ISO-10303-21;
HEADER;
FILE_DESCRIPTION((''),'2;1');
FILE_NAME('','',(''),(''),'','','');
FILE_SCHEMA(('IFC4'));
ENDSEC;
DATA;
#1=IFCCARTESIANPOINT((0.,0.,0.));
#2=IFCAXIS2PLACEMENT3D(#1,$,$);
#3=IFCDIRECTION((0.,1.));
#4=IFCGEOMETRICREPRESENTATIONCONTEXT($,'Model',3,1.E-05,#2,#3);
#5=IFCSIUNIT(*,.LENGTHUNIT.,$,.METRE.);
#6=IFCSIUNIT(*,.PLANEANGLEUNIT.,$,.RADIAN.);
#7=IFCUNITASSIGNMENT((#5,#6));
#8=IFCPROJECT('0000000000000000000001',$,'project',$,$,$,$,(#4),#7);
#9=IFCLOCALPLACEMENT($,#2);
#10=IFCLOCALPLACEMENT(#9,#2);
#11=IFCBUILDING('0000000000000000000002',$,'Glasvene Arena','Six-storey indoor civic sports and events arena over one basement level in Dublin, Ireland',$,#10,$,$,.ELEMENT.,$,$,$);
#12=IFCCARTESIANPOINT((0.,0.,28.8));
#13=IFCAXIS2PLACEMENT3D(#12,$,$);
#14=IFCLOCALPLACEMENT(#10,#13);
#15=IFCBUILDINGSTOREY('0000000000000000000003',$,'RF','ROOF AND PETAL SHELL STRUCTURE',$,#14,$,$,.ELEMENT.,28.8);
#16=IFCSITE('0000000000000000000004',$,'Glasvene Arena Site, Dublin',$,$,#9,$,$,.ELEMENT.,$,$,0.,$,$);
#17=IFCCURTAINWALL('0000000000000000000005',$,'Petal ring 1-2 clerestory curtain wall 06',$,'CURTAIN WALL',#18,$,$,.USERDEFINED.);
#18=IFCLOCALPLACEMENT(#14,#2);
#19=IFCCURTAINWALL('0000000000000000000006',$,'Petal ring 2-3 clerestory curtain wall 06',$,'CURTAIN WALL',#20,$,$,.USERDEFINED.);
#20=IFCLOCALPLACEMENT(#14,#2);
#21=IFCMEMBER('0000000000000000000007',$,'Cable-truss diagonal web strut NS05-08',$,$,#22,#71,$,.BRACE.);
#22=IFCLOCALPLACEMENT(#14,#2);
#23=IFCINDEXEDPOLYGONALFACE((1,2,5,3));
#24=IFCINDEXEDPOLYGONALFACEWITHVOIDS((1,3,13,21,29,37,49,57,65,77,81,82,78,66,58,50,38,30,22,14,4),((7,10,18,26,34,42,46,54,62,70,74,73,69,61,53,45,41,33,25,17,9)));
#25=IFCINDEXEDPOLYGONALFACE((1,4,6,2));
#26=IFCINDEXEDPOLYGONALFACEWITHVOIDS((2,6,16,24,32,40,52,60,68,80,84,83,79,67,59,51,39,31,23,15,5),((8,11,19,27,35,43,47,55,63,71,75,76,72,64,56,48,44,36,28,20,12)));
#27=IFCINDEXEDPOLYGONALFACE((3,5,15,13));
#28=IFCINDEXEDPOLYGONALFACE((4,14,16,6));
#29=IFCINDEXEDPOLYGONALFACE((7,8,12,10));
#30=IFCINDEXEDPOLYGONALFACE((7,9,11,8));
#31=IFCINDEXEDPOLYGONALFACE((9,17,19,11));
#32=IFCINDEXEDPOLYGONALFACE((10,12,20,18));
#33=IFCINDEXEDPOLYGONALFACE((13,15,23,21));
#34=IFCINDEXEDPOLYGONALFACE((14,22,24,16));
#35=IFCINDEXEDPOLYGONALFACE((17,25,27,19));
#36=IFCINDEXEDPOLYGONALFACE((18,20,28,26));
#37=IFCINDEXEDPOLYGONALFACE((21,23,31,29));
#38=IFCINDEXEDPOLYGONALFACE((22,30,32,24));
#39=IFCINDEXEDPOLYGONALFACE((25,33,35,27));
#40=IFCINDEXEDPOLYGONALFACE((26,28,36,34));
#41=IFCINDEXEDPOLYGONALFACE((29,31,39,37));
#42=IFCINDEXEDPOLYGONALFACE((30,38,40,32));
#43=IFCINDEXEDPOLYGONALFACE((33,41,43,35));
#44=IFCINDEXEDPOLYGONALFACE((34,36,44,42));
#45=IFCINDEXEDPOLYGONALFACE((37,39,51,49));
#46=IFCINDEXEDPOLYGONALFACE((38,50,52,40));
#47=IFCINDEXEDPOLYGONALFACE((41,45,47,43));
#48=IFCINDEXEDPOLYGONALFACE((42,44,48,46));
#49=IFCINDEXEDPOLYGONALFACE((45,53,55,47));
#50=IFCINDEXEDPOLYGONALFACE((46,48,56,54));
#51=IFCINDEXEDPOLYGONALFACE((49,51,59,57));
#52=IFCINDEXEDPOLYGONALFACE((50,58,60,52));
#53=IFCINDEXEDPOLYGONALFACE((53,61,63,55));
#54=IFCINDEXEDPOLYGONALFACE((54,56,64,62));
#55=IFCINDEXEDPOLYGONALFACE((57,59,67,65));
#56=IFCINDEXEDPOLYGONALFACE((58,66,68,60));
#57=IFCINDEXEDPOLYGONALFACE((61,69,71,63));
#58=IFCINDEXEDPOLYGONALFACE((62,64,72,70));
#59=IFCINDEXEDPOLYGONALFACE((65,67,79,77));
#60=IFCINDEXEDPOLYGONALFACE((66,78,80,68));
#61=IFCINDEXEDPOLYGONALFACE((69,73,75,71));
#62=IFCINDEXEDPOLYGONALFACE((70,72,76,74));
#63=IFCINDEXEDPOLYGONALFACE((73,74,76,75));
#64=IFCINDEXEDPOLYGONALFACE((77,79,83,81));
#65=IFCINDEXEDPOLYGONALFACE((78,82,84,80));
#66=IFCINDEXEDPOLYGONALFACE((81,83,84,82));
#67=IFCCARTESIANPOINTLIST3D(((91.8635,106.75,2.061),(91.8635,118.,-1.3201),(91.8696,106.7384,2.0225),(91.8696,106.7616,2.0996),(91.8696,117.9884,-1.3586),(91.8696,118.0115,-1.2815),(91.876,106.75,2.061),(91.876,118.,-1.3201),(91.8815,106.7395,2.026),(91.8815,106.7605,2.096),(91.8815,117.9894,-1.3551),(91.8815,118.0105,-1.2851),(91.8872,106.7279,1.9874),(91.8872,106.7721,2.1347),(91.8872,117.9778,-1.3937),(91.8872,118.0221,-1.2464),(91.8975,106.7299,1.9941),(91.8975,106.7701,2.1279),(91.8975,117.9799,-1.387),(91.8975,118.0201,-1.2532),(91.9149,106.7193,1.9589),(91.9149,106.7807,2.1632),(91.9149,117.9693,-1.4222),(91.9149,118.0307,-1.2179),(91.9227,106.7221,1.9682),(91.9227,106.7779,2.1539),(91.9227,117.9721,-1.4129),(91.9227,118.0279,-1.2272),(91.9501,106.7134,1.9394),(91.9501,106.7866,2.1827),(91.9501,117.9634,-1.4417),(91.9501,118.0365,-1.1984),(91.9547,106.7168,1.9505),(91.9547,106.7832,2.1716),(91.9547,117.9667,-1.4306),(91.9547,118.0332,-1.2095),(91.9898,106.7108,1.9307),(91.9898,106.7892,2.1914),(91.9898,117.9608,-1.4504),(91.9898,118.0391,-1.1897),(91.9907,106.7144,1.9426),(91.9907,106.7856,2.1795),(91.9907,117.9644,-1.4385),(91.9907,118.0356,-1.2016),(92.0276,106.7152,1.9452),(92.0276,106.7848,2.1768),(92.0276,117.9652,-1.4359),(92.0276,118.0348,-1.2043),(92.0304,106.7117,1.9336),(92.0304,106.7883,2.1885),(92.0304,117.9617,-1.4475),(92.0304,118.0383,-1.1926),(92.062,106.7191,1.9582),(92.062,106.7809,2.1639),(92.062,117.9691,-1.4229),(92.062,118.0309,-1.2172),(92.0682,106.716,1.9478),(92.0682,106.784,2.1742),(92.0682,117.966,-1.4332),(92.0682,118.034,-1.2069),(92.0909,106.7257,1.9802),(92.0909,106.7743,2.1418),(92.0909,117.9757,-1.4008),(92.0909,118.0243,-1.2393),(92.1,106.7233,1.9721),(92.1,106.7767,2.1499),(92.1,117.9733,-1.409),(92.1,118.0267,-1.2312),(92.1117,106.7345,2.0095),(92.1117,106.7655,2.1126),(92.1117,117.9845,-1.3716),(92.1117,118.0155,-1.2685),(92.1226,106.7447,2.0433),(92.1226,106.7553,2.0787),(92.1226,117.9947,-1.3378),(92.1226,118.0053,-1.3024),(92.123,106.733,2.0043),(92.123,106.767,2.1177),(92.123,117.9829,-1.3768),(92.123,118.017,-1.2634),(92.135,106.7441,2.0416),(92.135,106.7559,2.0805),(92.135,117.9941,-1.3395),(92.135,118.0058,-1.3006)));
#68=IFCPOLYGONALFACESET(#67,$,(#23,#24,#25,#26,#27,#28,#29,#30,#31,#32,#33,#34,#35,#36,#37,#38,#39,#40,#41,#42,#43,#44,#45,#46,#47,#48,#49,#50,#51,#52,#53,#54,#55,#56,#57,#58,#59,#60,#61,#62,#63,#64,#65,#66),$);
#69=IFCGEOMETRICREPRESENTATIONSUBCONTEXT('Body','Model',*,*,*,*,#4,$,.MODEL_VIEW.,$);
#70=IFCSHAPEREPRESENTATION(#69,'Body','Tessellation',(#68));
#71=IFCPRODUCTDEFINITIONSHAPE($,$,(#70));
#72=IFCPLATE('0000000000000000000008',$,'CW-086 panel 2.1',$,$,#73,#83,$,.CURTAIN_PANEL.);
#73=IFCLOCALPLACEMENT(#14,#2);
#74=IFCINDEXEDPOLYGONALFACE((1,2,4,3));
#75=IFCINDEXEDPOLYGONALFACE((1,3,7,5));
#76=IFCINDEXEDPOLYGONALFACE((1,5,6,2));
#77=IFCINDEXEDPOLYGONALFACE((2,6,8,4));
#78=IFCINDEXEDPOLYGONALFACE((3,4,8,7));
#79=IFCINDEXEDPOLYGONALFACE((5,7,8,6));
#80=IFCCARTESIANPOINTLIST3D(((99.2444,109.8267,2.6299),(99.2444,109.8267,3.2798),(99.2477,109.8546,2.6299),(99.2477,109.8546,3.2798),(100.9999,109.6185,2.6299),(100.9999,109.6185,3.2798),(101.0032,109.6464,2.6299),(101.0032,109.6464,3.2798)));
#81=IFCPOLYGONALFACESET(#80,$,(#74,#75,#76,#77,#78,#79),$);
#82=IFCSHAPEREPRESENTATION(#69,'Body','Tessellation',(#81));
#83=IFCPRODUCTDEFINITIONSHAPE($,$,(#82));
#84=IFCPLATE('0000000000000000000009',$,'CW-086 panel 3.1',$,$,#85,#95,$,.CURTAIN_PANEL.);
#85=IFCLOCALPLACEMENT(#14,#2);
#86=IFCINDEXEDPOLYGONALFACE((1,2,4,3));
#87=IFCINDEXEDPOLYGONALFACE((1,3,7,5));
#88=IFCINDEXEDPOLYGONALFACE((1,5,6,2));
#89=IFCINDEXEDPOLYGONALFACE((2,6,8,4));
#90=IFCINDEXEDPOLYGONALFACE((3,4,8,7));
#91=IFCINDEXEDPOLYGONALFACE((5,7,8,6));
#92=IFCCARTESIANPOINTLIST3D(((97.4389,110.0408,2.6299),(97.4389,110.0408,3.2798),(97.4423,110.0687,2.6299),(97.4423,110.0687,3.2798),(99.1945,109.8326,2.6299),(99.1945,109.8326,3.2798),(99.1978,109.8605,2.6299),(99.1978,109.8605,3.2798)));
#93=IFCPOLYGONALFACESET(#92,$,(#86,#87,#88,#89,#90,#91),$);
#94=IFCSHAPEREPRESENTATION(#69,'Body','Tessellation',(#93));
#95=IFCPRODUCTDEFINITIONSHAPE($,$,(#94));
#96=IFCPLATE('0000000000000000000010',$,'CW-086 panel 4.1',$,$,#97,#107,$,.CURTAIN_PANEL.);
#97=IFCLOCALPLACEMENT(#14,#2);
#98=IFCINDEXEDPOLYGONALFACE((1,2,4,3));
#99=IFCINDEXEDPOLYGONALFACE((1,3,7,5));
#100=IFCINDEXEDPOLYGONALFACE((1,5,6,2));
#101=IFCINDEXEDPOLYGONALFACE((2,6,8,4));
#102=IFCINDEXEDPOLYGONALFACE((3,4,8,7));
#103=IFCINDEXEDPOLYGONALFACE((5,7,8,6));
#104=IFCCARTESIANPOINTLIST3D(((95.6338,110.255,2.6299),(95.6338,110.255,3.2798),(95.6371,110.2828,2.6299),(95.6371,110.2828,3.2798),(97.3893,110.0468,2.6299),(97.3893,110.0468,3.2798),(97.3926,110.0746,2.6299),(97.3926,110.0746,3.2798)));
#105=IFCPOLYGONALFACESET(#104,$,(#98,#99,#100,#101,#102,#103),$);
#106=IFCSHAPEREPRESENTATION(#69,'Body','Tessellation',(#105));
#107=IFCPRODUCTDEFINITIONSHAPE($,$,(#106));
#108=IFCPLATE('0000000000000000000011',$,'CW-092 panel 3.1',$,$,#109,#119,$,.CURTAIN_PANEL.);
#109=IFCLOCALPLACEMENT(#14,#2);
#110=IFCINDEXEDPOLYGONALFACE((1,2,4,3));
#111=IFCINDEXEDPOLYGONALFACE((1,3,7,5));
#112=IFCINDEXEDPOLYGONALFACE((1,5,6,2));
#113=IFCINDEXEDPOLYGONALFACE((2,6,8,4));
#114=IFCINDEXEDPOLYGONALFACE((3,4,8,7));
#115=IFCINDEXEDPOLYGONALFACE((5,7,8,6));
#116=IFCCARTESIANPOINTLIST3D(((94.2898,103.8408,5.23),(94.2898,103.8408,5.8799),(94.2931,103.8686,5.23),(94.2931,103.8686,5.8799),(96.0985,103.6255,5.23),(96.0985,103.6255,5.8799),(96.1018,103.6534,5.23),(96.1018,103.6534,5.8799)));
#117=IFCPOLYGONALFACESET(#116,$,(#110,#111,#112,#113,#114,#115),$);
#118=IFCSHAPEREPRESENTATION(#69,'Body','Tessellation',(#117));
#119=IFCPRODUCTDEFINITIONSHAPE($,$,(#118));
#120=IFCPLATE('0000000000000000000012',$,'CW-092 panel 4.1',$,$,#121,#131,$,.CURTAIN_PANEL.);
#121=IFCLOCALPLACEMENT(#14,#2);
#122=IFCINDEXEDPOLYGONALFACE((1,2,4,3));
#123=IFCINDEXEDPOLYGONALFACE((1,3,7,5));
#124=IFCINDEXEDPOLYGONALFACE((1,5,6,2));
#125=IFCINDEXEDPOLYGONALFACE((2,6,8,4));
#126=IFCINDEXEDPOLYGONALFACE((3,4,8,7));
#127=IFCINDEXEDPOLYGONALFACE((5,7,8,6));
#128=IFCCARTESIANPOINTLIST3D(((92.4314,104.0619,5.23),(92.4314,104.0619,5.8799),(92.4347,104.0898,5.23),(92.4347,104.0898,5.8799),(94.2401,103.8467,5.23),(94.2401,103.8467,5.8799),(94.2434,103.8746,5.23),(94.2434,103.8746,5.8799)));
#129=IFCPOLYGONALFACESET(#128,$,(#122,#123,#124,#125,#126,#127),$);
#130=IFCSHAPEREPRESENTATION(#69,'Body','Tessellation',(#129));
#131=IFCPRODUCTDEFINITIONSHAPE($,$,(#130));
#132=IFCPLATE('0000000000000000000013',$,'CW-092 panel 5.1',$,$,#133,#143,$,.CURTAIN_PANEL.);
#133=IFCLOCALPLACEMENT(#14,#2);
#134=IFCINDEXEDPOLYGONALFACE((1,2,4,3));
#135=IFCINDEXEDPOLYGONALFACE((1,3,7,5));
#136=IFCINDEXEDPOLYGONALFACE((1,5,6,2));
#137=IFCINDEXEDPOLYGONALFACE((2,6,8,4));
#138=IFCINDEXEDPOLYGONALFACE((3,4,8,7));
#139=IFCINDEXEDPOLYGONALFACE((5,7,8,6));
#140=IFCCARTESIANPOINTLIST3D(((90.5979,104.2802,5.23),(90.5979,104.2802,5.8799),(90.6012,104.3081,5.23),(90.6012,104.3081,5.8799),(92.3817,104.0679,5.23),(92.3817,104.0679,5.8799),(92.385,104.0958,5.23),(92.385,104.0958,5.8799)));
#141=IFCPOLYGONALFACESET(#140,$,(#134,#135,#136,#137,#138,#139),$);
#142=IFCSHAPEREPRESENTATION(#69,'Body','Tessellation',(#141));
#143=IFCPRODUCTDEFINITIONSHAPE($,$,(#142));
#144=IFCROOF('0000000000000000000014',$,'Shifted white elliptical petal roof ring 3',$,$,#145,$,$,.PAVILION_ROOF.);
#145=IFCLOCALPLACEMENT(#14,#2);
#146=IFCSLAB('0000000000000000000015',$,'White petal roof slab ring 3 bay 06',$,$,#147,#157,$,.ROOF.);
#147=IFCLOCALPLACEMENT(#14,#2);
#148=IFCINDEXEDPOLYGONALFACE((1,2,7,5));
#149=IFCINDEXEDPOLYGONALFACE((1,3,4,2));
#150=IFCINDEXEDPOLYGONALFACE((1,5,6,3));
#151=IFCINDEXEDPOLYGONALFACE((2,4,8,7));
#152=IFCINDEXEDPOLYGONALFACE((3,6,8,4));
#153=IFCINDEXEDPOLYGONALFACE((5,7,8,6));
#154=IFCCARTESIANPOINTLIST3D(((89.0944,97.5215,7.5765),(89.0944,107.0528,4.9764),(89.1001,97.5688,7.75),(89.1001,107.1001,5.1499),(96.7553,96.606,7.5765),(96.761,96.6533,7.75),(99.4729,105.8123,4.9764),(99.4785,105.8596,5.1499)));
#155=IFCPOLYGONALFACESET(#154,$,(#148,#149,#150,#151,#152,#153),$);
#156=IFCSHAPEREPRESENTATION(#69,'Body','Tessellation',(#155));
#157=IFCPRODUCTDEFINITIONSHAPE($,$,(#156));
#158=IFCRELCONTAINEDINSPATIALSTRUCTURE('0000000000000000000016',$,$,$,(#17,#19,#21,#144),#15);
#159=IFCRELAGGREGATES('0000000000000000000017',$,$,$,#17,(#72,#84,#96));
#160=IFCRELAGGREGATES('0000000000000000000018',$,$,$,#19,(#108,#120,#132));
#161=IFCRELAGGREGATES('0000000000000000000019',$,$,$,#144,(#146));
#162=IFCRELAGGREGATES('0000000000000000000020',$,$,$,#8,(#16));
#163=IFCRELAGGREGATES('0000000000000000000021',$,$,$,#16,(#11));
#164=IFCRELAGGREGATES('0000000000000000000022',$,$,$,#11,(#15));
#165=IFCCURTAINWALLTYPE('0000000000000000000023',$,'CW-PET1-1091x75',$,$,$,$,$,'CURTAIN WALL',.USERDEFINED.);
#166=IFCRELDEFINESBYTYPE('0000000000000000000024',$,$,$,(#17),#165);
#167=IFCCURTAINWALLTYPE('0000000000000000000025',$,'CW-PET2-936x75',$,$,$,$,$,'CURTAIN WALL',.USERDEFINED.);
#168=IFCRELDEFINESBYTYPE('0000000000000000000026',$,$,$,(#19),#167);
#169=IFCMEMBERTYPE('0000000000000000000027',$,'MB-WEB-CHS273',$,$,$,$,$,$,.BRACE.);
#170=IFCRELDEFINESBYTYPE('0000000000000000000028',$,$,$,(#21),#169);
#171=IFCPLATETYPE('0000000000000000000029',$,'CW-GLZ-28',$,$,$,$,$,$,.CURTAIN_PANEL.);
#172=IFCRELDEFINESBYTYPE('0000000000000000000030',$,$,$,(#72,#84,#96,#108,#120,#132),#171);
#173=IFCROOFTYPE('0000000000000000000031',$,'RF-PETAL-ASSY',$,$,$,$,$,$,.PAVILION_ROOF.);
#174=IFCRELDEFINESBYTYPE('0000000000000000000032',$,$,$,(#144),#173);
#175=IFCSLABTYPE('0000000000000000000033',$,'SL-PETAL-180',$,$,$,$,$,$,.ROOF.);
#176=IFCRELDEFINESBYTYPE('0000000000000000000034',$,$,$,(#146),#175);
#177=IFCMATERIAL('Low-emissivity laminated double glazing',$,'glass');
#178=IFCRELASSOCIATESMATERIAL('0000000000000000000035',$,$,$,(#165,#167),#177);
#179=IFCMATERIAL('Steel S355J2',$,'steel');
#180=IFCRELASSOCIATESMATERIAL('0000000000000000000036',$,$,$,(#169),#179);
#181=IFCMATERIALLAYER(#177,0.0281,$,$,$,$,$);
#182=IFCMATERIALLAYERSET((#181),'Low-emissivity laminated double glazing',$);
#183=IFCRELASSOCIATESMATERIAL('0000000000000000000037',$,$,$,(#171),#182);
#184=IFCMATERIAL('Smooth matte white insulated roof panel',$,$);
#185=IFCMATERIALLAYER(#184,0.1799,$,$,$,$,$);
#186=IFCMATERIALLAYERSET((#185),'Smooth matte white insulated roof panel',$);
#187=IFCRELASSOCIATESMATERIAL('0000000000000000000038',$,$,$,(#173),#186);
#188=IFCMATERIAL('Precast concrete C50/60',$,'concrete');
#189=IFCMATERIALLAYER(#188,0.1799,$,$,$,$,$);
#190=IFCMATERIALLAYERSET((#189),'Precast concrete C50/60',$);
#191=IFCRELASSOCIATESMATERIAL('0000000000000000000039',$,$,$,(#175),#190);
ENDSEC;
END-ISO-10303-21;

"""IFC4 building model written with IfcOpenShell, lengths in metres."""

from ifc_helpers import new_model, si_unit, direction, frame, origin, origin_2d, place, context, subcontext, project, spatial, polyline, rectangle, hollow_circle, outline, extrude, material, layer, layer_set, material_profile, profile_set, type_object, element, aggregate, save


model = new_model("IFC4")

# Units and contexts
model_context = context("Model", 3, precision=1e-05, world=origin(), true_north=direction((0.0, 1.0)))
body_context = subcontext(model_context, "Body", "Model", "MODEL_VIEW")
ifc_project = project(units=[si_unit("LENGTHUNIT", "METRE"), si_unit("PLANEANGLEUNIT", "RADIAN")], contexts=[model_context])

# Site, building, storey
site_placement = place(None, origin())
site = spatial("IfcSite", under=ifc_project, at=site_placement, Name="Glasvene Arena Site, Dublin", CompositionType="ELEMENT", RefElevation=0.0)
building_placement = place(site_placement, origin())
building = spatial("IfcBuilding", under=site, at=building_placement, Name="Glasvene Arena", Description="Six-storey indoor civic sports and events arena over one basement level in Dublin, Ireland", CompositionType="ELEMENT")
storey_placement = place(building_placement, frame((0.0, 0.0, 28.8)))
storey = spatial("IfcBuildingStorey", under=building, at=storey_placement, Name="RF", Description="ROOF AND PETAL SHELL STRUCTURE", CompositionType="ELEMENT", Elevation=28.8)

# Curtain walls
ifc_material_1 = material(Name="Low-emissivity laminated double glazing", Category="glass")
curtain_wall_type_1 = type_object("IfcCurtainWallType", Name="CW-PET1-1091x75", ElementType="CURTAIN WALL", PredefinedType="USERDEFINED", material=ifc_material_1)
curtain_wall_1_placement = place(storey_placement, frame((102.8315, 109.4153, 0.0)))
curtain_wall_1 = element("IfcCurtainWall", 1, at=curtain_wall_1_placement, inside=storey, type_object=curtain_wall_type_1, Name="Petal ring 1-2 clerestory curtain wall 06", ObjectType="CURTAIN WALL", PredefinedType="USERDEFINED")
curtain_wall_type_2 = type_object("IfcCurtainWallType", Name="CW-PET2-936x75", ElementType="CURTAIN WALL", PredefinedType="USERDEFINED", material=ifc_material_1)
curtain_wall_2_placement = place(storey_placement, frame((99.8416, 103.1943, 0.0)))
curtain_wall_2 = element("IfcCurtainWall", 2, at=curtain_wall_2_placement, inside=storey, type_object=curtain_wall_type_2, Name="Petal ring 2-3 clerestory curtain wall 06", ObjectType="CURTAIN WALL", PredefinedType="USERDEFINED")

# Member
ifc_material_2 = material(Name="Steel S355J2", Category="steel")
ifc_material_profile_1 = material_profile(ifc_material_2, hollow_circle(Radius=0.1365, WallThickness=0.0125, at=origin_2d()), Name="CHS 273.0x12.5")
ifc_profile_set_1 = profile_set([ifc_material_profile_1], Name="Steel S355J2")
member_type_1 = type_object("IfcMemberType", Name="MB-WEB-CHS273", PredefinedType="BRACE", material=ifc_profile_set_1)
member_1_placement = place(storey_placement, frame((92.0, 106.75, 2.061), z_axis=(0.0, 0.957683, -0.287825), x_axis=(-1.0, 0.0, 0.0)))
element("IfcMember", 3, at=member_1_placement, inside=storey, type_object=member_type_1, Name="Cable-truss diagonal web strut NS05-08", PredefinedType="BRACE", context=body_context, shape_type="SweptSolid", body=[
    extrude(hollow_circle(Radius=0.1365, WallThickness=0.0125, at=origin_2d()), origin(), (0.0, 0.0, 1.0), 11.7471),
])

# Plates
ifc_layer_1 = layer(ifc_material_1, 0.0281)
ifc_layer_set_1 = layer_set([ifc_layer_1], Name="Low-emissivity laminated double glazing")
plate_type = type_object("IfcPlateType", Name="CW-GLZ-28", PredefinedType="CURTAIN_PANEL", material=ifc_layer_set_1)
plate_1_placement = place(storey_placement, frame((100.1238, 109.7366, 2.6299), z_axis=(0.0, 0.0, 1.0), x_axis=(-0.993041, 0.117772, 0.0)))
plate_1 = element("IfcPlate", 4, at=plate_1_placement, type_object=plate_type, Name="CW-086 panel 2.1", PredefinedType="CURTAIN_PANEL", context=body_context, shape_type="SweptSolid", body=[
    extrude(rectangle(XDim=1.7678, YDim=0.0281, at=origin_2d()), origin(), (0.0, 0.0, 1.0), 0.6499),
])
plate_2_placement = place(storey_placement, frame((98.3184, 109.9507, 2.6299), z_axis=(0.0, 0.0, 1.0), x_axis=(-0.993041, 0.117772, 0.0)))
plate_2 = element("IfcPlate", 5, at=plate_2_placement, type_object=plate_type, Name="CW-086 panel 3.1", PredefinedType="CURTAIN_PANEL", context=body_context, shape_type="SweptSolid", body=[
    extrude(rectangle(XDim=1.7678, YDim=0.0281, at=origin_2d()), origin(), (0.0, 0.0, 1.0), 0.6499),
])
plate_3_placement = place(storey_placement, frame((96.5132, 110.1648, 2.6299), z_axis=(0.0, 0.0, 1.0), x_axis=(-0.993041, 0.117772, 0.0)))
plate_3 = element("IfcPlate", 6, at=plate_3_placement, type_object=plate_type, Name="CW-086 panel 4.1", PredefinedType="CURTAIN_PANEL", context=body_context, shape_type="SweptSolid", body=[
    extrude(rectangle(XDim=1.7678, YDim=0.0281, at=origin_2d()), origin(), (0.0, 0.0, 1.0), 0.6499),
])
aggregate(curtain_wall_1, [plate_1, plate_2, plate_3])
plate_4_placement = place(storey_placement, frame((95.1958, 103.7471, 5.23), z_axis=(0.0, 0.0, 1.0), x_axis=(-0.992994, 0.118166, 0.0)))
plate_4 = element("IfcPlate", 7, at=plate_4_placement, type_object=plate_type, Name="CW-092 panel 3.1", PredefinedType="CURTAIN_PANEL", context=body_context, shape_type="SweptSolid", body=[
    extrude(rectangle(XDim=1.8215, YDim=0.0281, at=origin_2d()), origin(), (0.0, 0.0, 1.0), 0.6499),
])
plate_5_placement = place(storey_placement, frame((93.3374, 103.9683, 5.23), z_axis=(0.0, 0.0, 1.0), x_axis=(-0.992994, 0.118166, 0.0)))
plate_5 = element("IfcPlate", 8, at=plate_5_placement, type_object=plate_type, Name="CW-092 panel 4.1", PredefinedType="CURTAIN_PANEL", context=body_context, shape_type="SweptSolid", body=[
    extrude(rectangle(XDim=1.8215, YDim=0.0281, at=origin_2d()), origin(), (0.0, 0.0, 1.0), 0.6499),
])
plate_6_placement = place(storey_placement, frame((91.4915, 104.188, 5.23), z_axis=(0.0, 0.0, 1.0), x_axis=(-0.992994, 0.118166, 0.0)))
plate_6 = element("IfcPlate", 9, at=plate_6_placement, type_object=plate_type, Name="CW-092 panel 5.1", PredefinedType="CURTAIN_PANEL", context=body_context, shape_type="SweptSolid", body=[
    extrude(rectangle(XDim=1.7964, YDim=0.0281, at=origin_2d()), origin(), (0.0, 0.0, 1.0), 0.6499),
])
aggregate(curtain_wall_2, [plate_4, plate_5, plate_6])

# Roof, slab
ifc_material_3 = material(Name="Smooth matte white insulated roof panel")
ifc_layer_2 = layer(ifc_material_3, 0.1799)
ifc_layer_set_2 = layer_set([ifc_layer_2], Name="Smooth matte white insulated roof panel")
roof_type = type_object("IfcRoofType", Name="RF-PETAL-ASSY", PredefinedType="PAVILION_ROOF", material=ifc_layer_set_2)
roof_placement = place(storey_placement, frame((89.1001, 70.7, 5.1499)))
roof = element("IfcRoof", 10, at=roof_placement, inside=storey, type_object=roof_type, Name="Shifted white elliptical petal roof ring 3", PredefinedType="PAVILION_ROOF")
ifc_material_4 = material(Name="Precast concrete C50/60", Category="concrete")
ifc_layer_3 = layer(ifc_material_4, 0.1799)
ifc_layer_set_3 = layer_set([ifc_layer_3], Name="Precast concrete C50/60")
slab_type = type_object("IfcSlabType", Name="SL-PETAL-180", PredefinedType="ROOF", material=ifc_layer_set_3)
slab_placement = place(storey_placement, frame((99.4785, 105.8596, 5.1499), z_axis=(0.031439, 0.263052, 0.964269), x_axis=(-0.992933, 0.11868, -0.000002)))
slab = element("IfcSlab", 11, at=slab_placement, type_object=slab_type, Name="White petal roof slab ring 3 bay 06", PredefinedType="ROOF", context=body_context, shape_type="SweptSolid", body=[
    extrude(outline(polyline([(0.0, 0.0), (10.4523, 0.0), (9.3211, 9.8146), (1.6057, 9.8144), (0.0, 0.0)])), origin(), (0.0, 0.0, -1.0), 0.1799),
])
aggregate(roof, [slab])

save(model, "model.ifc")
